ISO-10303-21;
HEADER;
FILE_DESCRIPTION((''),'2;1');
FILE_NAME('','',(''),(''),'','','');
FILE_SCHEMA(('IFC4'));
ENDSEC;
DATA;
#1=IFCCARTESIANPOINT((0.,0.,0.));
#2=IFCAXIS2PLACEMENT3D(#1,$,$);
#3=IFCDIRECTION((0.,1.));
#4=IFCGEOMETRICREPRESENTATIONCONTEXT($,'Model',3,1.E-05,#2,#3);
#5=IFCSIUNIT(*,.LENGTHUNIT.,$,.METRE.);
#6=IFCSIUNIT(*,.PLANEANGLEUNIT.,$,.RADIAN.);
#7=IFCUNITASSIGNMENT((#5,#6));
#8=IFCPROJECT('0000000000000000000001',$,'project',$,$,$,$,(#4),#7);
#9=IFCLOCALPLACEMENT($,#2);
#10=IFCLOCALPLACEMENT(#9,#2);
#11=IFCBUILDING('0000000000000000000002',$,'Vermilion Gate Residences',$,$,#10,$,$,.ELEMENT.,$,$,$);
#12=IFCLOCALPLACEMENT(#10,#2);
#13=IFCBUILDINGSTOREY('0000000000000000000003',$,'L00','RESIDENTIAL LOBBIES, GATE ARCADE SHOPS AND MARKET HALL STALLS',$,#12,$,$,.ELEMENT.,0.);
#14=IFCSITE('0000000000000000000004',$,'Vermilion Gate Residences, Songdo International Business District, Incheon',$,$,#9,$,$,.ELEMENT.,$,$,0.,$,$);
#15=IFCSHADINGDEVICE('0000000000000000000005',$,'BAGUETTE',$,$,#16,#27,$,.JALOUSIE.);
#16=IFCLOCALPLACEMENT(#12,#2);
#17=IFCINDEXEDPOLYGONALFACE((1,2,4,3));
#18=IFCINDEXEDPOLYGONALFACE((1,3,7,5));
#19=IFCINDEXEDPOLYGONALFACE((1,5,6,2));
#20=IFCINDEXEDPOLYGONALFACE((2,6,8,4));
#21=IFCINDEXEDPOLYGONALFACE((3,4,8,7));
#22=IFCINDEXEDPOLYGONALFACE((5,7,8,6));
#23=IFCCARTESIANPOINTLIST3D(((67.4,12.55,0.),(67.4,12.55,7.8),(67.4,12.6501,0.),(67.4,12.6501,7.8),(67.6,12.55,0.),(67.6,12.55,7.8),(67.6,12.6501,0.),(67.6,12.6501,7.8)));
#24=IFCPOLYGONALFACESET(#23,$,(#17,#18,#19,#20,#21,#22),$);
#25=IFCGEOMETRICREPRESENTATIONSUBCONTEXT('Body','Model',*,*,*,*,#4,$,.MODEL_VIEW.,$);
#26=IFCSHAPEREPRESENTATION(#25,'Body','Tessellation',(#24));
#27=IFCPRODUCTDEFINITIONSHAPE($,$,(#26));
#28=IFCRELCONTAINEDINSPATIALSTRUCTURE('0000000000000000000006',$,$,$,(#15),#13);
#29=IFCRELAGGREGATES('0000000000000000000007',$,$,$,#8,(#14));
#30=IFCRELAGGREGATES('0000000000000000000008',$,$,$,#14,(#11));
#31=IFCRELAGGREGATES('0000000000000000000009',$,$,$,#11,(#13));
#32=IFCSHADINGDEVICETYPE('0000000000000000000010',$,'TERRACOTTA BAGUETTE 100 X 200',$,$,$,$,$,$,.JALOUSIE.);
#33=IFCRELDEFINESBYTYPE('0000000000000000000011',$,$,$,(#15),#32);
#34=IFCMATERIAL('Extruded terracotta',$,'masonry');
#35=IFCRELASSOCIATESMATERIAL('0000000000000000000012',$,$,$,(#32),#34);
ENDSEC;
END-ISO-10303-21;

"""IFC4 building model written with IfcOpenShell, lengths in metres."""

from ifc_helpers import new_model, si_unit, direction, frame, origin, origin_2d, place, context, subcontext, project, spatial, rectangle, extrude, material, material_profile, profile_set, type_object, element, save


model = new_model("IFC4")

# Units and contexts
model_context = context("Model", 3, precision=1e-05, world=origin(), true_north=direction((0.0, 1.0)))
body_context = subcontext(model_context, "Body", "Model", "MODEL_VIEW")
ifc_project = project(units=[si_unit("LENGTHUNIT", "METRE"), si_unit("PLANEANGLEUNIT", "RADIAN")], contexts=[model_context])

# Site, building, storey
site_placement = place(None, origin())
site = spatial("IfcSite", under=ifc_project, at=site_placement, Name="Vermilion Gate Residences, Songdo International Business District, Incheon", CompositionType="ELEMENT", RefElevation=0.0)
building_placement = place(site_placement, origin())
building = spatial("IfcBuilding", under=site, at=building_placement, Name="Vermilion Gate Residences", CompositionType="ELEMENT")
storey_placement = place(building_placement, origin())
storey = spatial("IfcBuildingStorey", under=building, at=storey_placement, Name="L00", Description="RESIDENTIAL LOBBIES, GATE ARCADE SHOPS AND MARKET HALL STALLS", CompositionType="ELEMENT", Elevation=0.0)

# Shading device
ifc_material_1 = material(Name="Extruded terracotta", Category="masonry")
ifc_material_profile = material_profile(ifc_material_1, rectangle(XDim=0.2, YDim=0.1001, at=origin_2d()), Name="BAGUETTE 100 X 200")
ifc_profile_set = profile_set([ifc_material_profile], Name="Extruded terracotta")
shading_device_type = type_object("IfcShadingDeviceType", Name="TERRACOTTA BAGUETTE 100 X 200", PredefinedType="JALOUSIE", material=ifc_profile_set)
shading_device_placement = place(storey_placement, frame((67.5, 12.6001, 0.0), z_axis=(0.0, 0.0, 1.0), x_axis=(-1.0, 0.0, 0.0)))
element("IfcShadingDevice", 1, at=shading_device_placement, inside=storey, type_object=shading_device_type, Name="BAGUETTE", PredefinedType="JALOUSIE", context=body_context, shape_type="SweptSolid", body=[
    extrude(rectangle(XDim=0.2, YDim=0.1001, at=origin_2d()), origin(), (0.0, 0.0, 1.0), 7.8),
])

save(model, "model.ifc")
